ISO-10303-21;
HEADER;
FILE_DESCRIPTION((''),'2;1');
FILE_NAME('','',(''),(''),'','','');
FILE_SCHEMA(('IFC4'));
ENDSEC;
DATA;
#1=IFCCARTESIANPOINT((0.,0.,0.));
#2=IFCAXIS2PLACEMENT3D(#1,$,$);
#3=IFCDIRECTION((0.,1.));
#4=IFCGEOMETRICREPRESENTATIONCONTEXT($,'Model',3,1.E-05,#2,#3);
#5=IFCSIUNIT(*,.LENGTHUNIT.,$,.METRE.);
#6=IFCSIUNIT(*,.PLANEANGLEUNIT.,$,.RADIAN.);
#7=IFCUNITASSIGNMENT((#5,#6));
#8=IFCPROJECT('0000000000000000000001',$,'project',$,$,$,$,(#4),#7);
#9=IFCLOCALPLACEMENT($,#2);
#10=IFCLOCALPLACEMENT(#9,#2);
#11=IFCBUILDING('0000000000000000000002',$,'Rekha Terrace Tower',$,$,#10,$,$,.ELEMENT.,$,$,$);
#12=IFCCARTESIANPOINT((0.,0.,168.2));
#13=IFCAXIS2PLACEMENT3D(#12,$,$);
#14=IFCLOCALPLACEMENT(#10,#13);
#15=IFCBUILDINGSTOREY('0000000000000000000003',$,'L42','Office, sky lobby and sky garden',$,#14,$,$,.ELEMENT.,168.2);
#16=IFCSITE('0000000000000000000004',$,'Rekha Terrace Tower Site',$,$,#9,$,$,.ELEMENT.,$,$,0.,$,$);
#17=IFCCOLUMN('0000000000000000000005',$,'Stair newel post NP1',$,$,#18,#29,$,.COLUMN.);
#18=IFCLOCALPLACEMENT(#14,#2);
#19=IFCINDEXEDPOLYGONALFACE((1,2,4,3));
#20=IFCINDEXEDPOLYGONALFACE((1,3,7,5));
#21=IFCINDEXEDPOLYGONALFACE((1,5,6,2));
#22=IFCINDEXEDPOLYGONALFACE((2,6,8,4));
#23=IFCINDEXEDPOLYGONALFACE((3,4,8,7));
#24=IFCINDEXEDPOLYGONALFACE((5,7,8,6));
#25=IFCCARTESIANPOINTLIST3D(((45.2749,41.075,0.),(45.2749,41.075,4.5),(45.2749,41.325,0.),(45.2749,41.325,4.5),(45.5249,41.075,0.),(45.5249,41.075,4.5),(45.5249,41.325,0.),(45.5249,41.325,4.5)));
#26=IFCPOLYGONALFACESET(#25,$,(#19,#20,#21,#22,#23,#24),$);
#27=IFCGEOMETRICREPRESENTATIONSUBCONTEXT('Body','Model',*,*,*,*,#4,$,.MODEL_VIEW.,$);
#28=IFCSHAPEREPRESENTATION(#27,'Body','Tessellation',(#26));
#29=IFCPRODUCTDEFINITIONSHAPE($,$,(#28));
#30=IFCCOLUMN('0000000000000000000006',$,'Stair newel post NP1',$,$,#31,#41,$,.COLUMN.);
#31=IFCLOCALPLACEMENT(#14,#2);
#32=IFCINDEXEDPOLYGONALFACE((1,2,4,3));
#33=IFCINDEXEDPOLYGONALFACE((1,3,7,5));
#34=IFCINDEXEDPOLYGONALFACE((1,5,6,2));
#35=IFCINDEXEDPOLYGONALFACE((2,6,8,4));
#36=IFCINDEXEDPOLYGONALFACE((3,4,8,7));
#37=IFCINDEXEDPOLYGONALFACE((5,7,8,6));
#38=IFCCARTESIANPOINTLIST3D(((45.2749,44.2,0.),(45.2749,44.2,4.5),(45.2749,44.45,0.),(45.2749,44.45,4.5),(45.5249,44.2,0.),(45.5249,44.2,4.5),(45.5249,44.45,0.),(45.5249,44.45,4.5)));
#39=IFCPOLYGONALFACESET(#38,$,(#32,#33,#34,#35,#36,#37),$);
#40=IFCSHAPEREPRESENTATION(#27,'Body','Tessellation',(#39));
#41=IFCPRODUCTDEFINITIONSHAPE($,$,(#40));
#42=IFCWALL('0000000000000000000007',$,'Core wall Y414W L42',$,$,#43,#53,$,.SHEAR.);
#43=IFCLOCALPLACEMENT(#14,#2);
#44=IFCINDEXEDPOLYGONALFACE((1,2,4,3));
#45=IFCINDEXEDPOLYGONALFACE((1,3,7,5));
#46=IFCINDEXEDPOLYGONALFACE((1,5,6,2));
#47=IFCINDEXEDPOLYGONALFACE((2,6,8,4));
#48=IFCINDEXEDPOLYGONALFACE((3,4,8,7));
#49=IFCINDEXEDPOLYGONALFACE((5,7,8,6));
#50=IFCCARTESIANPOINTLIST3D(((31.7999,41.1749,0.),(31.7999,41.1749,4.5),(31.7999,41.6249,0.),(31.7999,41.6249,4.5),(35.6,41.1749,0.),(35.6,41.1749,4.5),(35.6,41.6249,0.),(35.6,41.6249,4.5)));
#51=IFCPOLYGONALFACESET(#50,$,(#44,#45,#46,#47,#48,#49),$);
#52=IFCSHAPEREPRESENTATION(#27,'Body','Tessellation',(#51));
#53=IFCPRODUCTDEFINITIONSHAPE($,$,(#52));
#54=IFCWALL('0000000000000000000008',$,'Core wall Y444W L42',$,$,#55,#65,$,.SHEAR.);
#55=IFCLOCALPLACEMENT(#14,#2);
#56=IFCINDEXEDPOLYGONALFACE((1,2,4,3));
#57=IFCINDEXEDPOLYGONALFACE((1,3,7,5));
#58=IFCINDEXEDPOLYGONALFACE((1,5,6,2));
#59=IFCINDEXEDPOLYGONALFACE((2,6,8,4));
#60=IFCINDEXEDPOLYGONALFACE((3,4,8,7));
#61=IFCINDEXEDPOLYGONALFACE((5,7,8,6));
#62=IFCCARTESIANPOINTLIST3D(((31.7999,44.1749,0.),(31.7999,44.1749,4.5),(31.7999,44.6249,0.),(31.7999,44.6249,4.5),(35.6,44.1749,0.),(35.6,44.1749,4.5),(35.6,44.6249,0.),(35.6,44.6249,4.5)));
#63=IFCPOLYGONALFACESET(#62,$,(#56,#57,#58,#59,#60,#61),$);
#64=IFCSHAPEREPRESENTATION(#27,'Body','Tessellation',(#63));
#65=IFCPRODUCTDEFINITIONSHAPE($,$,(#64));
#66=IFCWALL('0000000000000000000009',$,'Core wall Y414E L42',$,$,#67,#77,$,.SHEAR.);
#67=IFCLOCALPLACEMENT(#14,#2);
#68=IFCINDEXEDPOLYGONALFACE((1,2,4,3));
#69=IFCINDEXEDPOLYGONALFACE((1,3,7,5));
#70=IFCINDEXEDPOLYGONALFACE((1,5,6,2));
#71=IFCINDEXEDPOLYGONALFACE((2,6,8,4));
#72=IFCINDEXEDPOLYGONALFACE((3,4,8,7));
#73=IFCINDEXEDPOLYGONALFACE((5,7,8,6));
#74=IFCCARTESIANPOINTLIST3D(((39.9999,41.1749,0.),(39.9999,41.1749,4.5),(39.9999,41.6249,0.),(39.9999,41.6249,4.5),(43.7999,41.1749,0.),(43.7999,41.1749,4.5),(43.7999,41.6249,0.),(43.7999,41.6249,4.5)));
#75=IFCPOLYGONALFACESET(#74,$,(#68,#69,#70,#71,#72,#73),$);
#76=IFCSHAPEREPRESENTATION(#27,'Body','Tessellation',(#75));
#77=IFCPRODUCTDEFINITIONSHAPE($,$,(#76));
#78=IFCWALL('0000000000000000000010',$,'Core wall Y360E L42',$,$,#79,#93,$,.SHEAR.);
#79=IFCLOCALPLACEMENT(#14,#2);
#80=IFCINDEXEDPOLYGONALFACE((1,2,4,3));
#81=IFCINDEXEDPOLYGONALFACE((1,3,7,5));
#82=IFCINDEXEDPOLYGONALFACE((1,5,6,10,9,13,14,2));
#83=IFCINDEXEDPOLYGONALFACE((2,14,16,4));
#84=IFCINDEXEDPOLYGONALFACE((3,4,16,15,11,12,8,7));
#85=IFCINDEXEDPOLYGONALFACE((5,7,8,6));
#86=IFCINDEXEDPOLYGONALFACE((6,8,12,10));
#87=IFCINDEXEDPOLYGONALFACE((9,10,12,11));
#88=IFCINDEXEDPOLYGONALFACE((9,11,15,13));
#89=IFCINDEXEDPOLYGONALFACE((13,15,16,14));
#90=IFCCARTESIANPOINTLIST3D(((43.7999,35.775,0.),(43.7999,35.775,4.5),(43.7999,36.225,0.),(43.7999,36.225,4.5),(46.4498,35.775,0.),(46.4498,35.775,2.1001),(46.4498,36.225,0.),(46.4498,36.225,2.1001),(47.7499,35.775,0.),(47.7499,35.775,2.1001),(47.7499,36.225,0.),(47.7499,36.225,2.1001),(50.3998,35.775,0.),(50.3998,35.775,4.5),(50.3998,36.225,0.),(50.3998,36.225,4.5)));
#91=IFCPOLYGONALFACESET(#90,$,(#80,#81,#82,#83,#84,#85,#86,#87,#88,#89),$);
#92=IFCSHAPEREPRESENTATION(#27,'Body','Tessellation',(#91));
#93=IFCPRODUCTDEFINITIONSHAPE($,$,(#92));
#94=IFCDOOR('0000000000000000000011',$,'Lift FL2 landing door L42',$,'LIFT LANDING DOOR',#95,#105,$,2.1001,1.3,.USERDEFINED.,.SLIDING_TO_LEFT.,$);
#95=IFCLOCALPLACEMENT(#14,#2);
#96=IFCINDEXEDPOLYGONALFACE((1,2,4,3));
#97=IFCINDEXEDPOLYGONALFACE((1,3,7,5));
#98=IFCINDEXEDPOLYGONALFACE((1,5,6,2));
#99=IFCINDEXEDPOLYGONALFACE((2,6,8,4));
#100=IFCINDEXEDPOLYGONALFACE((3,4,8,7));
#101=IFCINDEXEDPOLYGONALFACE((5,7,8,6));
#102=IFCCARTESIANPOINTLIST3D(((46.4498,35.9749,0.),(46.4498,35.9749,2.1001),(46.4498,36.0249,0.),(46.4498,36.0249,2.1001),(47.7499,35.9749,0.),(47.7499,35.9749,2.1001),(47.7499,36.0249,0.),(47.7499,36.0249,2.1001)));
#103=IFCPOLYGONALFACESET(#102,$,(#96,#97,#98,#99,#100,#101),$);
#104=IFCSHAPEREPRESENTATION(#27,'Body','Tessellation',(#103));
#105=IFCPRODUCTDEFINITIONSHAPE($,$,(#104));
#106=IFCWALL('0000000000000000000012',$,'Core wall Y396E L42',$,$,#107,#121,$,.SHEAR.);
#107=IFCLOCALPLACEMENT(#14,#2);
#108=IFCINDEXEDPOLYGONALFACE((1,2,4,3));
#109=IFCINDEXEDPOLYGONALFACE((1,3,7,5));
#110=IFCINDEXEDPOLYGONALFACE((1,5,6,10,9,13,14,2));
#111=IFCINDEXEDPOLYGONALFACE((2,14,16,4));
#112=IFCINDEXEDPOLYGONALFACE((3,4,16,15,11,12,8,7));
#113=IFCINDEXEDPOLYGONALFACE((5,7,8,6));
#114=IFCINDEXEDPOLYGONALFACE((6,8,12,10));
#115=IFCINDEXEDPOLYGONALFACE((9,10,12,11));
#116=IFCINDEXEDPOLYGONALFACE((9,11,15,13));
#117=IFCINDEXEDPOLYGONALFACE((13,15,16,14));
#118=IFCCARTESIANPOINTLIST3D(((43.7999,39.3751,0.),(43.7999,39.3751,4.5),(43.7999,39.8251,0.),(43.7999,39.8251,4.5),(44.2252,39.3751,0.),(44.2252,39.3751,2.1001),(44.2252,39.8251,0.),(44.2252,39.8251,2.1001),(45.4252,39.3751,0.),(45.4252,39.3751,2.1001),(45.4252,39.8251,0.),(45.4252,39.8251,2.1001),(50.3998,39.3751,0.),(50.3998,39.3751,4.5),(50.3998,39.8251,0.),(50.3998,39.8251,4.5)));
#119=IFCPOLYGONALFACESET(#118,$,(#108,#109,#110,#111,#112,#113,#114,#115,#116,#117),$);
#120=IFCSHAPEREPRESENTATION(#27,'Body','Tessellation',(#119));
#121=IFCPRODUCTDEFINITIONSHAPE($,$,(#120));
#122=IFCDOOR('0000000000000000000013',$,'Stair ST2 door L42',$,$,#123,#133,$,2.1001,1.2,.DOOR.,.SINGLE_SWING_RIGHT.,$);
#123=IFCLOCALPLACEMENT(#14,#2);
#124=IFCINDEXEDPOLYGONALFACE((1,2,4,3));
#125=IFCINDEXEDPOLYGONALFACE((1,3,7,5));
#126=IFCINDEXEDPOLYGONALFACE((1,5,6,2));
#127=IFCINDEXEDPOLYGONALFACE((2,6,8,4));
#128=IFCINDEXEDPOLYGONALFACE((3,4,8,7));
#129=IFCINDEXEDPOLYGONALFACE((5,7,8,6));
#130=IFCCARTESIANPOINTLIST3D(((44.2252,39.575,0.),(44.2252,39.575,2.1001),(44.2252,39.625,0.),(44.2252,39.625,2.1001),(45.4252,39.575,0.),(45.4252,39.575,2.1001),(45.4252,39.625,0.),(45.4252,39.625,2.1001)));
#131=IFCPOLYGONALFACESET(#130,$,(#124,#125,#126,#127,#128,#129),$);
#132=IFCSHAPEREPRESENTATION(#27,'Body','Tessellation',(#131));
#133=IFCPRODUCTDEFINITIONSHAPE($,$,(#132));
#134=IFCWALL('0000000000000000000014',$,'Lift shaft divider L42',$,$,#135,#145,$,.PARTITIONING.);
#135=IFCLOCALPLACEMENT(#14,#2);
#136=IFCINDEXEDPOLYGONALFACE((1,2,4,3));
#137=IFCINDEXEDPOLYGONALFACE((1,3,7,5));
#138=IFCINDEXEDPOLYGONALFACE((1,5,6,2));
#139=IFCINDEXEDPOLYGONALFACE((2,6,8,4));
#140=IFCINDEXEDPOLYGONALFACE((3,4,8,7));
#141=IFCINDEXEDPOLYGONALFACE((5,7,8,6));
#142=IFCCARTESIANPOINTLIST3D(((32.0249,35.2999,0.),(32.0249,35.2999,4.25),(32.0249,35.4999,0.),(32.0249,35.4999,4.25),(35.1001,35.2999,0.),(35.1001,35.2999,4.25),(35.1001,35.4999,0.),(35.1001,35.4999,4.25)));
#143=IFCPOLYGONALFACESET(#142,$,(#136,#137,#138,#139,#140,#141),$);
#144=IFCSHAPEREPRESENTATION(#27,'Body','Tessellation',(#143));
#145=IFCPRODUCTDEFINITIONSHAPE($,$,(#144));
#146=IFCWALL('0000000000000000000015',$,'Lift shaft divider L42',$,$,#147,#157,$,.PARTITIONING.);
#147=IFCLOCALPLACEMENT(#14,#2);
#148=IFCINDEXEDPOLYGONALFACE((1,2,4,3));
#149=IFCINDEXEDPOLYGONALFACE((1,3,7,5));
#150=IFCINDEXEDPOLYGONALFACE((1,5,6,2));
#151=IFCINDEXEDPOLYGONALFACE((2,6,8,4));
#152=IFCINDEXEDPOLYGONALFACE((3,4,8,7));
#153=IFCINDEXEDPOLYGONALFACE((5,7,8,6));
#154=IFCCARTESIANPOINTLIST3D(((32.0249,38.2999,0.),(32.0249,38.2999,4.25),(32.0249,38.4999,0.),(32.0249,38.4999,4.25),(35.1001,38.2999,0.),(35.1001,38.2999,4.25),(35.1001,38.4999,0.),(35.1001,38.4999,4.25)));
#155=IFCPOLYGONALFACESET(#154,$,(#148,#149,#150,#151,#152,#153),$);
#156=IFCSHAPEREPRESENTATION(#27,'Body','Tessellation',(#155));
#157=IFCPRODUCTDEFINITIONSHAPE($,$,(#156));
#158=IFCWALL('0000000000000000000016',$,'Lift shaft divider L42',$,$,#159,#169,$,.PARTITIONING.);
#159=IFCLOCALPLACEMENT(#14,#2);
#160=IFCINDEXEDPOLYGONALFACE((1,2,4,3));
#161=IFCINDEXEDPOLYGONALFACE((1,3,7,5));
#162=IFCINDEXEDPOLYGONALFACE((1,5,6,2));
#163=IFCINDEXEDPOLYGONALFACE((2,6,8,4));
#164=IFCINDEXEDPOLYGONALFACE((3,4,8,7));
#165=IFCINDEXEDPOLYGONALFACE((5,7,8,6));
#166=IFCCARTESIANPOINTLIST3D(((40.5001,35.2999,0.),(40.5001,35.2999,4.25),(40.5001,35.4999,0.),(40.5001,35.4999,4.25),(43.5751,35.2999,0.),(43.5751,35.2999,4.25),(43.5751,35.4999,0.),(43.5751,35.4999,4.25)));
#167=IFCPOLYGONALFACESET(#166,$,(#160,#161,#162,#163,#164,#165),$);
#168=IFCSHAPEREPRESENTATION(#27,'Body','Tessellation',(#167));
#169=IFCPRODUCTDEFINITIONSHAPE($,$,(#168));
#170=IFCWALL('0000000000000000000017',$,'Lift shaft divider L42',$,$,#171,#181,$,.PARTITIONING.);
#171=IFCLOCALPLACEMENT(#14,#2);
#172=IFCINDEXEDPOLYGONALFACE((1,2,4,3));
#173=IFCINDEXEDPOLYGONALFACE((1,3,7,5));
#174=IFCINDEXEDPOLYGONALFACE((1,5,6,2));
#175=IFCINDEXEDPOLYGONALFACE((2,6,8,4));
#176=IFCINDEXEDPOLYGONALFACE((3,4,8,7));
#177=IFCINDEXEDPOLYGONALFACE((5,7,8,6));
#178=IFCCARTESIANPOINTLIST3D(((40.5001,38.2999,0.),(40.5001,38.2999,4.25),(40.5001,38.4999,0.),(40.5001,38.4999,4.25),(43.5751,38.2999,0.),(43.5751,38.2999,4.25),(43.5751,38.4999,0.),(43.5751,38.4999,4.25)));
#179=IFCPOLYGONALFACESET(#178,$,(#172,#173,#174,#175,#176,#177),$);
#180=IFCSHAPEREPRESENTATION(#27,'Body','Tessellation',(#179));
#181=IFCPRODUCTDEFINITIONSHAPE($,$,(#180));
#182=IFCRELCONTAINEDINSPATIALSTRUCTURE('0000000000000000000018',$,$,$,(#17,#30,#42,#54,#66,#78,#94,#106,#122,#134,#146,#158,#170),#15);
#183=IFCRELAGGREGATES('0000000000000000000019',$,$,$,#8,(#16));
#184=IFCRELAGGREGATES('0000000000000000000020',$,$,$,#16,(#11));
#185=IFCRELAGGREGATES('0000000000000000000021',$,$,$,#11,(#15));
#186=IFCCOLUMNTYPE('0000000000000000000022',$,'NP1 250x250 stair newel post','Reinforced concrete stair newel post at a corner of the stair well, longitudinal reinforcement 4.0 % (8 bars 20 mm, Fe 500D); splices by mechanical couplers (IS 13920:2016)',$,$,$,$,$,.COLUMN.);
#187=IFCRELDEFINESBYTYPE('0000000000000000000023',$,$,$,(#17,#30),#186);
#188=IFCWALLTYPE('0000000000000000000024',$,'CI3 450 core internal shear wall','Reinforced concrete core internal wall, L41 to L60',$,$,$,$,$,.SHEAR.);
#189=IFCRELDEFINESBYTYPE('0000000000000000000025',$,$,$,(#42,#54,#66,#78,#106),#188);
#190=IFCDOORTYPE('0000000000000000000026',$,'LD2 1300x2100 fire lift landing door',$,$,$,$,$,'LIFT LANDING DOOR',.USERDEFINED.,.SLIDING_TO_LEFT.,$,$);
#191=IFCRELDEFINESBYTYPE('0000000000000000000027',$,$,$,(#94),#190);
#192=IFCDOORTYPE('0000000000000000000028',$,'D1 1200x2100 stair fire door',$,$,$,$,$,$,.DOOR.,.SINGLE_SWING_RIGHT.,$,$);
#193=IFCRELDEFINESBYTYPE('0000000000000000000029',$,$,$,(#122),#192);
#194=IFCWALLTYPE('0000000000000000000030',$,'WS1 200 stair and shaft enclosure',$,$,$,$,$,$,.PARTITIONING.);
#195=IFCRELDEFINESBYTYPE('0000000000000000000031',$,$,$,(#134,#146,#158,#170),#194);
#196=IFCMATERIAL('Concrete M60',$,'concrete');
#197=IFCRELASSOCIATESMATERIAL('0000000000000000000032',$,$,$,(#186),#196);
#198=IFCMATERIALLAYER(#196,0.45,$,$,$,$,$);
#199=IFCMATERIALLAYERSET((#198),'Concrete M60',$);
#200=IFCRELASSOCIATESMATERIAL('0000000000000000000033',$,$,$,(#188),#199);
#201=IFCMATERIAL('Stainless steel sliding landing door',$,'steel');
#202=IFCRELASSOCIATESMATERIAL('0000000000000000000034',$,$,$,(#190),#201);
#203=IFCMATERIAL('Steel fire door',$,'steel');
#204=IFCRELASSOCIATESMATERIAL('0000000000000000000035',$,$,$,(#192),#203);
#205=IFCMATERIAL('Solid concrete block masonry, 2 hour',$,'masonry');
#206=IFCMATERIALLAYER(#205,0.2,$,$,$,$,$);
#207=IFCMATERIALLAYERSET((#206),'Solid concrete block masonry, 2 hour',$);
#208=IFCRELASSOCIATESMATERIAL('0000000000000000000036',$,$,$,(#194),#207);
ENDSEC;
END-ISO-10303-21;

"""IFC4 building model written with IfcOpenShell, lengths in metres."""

from ifc_helpers import new_model, si_unit, direction, frame, frame_2d, origin, origin_2d, place, context, subcontext, project, spatial, rectangle, extrude, material, layer, layer_set, material_profile, profile_set, type_object, element, fill, save


model = new_model("IFC4")

# Units and contexts
model_context = context("Model", 3, precision=1e-05, world=origin(), true_north=direction((0.0, 1.0)))
body_context = subcontext(model_context, "Body", "Model", "MODEL_VIEW")
ifc_project = project(units=[si_unit("LENGTHUNIT", "METRE"), si_unit("PLANEANGLEUNIT", "RADIAN")], contexts=[model_context])

# Site, building, storey
site_placement = place(None, origin())
site = spatial("IfcSite", under=ifc_project, at=site_placement, Name="Rekha Terrace Tower Site", CompositionType="ELEMENT", RefElevation=0.0)
building_placement = place(site_placement, origin())
building = spatial("IfcBuilding", under=site, at=building_placement, Name="Rekha Terrace Tower", CompositionType="ELEMENT")
storey_placement = place(building_placement, frame((0.0, 0.0, 168.2)))
storey = spatial("IfcBuildingStorey", under=building, at=storey_placement, Name="L42", Description="Office, sky lobby and sky garden", CompositionType="ELEMENT", Elevation=168.2)

# Columns
ifc_material_1 = material(Name="Concrete M60", Category="concrete")
ifc_material_profile = material_profile(ifc_material_1, rectangle(XDim=0.25, YDim=0.25, at=origin_2d()), Name="RC 250x250")
ifc_profile_set = profile_set([ifc_material_profile], Name="Concrete M60")
column_type = type_object("IfcColumnType", Name="NP1 250x250 stair newel post", Description="Reinforced concrete stair newel post at a corner of the stair well, longitudinal reinforcement 4.0 % (8 bars 20 mm, Fe 500D); splices by mechanical couplers (IS 13920:2016)", PredefinedType="COLUMN", material=ifc_profile_set)
for number, where, z_axis, x_axis, name in (
    (1, (45.3999, 41.2, 0.0), (0.0, 0.0, 1.0), (1.0, 0.0, 0.0), "Stair newel post NP1"),
    (2, (45.3999, 44.325, 0.0), (0.0, 0.0, 1.0), (1.0, 0.0, 0.0), "Stair newel post NP1"),
):
    element("IfcColumn", number, at=place(storey_placement, frame(where, z_axis=z_axis, x_axis=x_axis)), inside=storey, type_object=column_type, Name=name, PredefinedType="COLUMN", context=body_context, shape_type="SweptSolid", body=[
        extrude(rectangle(XDim=0.25, YDim=0.25, at=origin_2d()), origin(), (0.0, 0.0, 1.0), 4.5),
    ])

# Walls
ifc_layer_1 = layer(ifc_material_1, 0.45)
ifc_layer_set_1 = layer_set([ifc_layer_1], Name="Concrete M60")
wall_type_1 = type_object("IfcWallType", Name="CI3 450 core internal shear wall", Description="Reinforced concrete core internal wall, L41 to L60", PredefinedType="SHEAR", material=ifc_layer_set_1)
for number, where, z_axis, x_axis, name in (
    (3, (31.8, 41.3999, 0.0), (0.0, 0.0, 1.0), (1.0, 0.0, 0.0), "Core wall Y414W L42"),
    (4, (31.8, 44.3999, 0.0), (0.0, 0.0, 1.0), (1.0, 0.0, 0.0), "Core wall Y444W L42"),
    (5, (40.0, 41.3999, 0.0), (0.0, 0.0, 1.0), (1.0, 0.0, 0.0), "Core wall Y414E L42"),
):
    element("IfcWall", number, at=place(storey_placement, frame(where, z_axis=z_axis, x_axis=x_axis)), inside=storey, type_object=wall_type_1, Name=name, PredefinedType="SHEAR", context=body_context, shape_type="SweptSolid", body=[
        extrude(rectangle(XDim=3.8, YDim=0.45, at=frame_2d((1.8999, 0.0))), origin(), (0.0, 0.0, 1.0), 4.5),
    ])

# Walls, openings, doors
wall_1_placement = place(storey_placement, frame((43.8, 36.0, 0.0), z_axis=(0.0, 0.0, 1.0), x_axis=(1.0, 0.0, 0.0)))
wall_1 = element("IfcWall", 6, at=wall_1_placement, inside=storey, type_object=wall_type_1, Name="Core wall Y360E L42", PredefinedType="SHEAR", context=body_context, shape_type="SweptSolid", body=[
    extrude(rectangle(XDim=6.5999, YDim=0.45, at=frame_2d((3.2998, 0.0))), origin(), (0.0, 0.0, 1.0), 4.5),
])
opening_1_placement = place(wall_1_placement, frame((2.6499, 0.0, 0.0)))
opening_1 = element("IfcOpeningElement", 7, at=opening_1_placement, cuts=wall_1, PredefinedType="OPENING", context=body_context, shape_type="SweptSolid", body=[
    extrude(rectangle(XDim=1.3, YDim=2.1001, at=frame_2d((0.6499, 1.05))), frame((0.0, 0.2349, 0.0), z_axis=(0.0, -1.0, 0.0), x_axis=(1.0, 0.0, 0.0)), (0.0, 0.0, 1.0), 0.47),
])
ifc_material_2 = material(Name="Stainless steel sliding landing door", Category="steel")
door_type_1 = type_object("IfcDoorType", Name="LD2 1300x2100 fire lift landing door", ElementType="LIFT LANDING DOOR", OperationType="SLIDING_TO_LEFT", PredefinedType="USERDEFINED", material=ifc_material_2)
door_1_placement = place(opening_1_placement, origin())
door_1 = element("IfcDoor", 8, at=door_1_placement, inside=storey, type_object=door_type_1, Name="Lift FL2 landing door L42", ObjectType="LIFT LANDING DOOR", OperationType="SLIDING_TO_LEFT", OverallHeight=2.1001, OverallWidth=1.3, PredefinedType="USERDEFINED", context=body_context, shape_type="SweptSolid", body=[
    extrude(rectangle(XDim=1.3, YDim=2.1001, at=frame_2d((0.6499, 1.05))), frame((0.0, 0.0249, 0.0), z_axis=(0.0, -1.0, 0.0), x_axis=(1.0, 0.0, 0.0)), (0.0, 0.0, 1.0), 0.05),
])
fill(opening_1, door_1)
wall_2_placement = place(storey_placement, frame((43.8, 39.6001, 0.0), z_axis=(0.0, 0.0, 1.0), x_axis=(1.0, 0.0, 0.0)))
wall_2 = element("IfcWall", 9, at=wall_2_placement, inside=storey, type_object=wall_type_1, Name="Core wall Y396E L42", PredefinedType="SHEAR", context=body_context, shape_type="SweptSolid", body=[
    extrude(rectangle(XDim=6.5999, YDim=0.45, at=frame_2d((3.2998, 0.0))), origin(), (0.0, 0.0, 1.0), 4.5),
])
opening_2_placement = place(wall_2_placement, frame((0.425, 0.0, 0.0)))
opening_2 = element("IfcOpeningElement", 10, at=opening_2_placement, cuts=wall_2, PredefinedType="OPENING", context=body_context, shape_type="SweptSolid", body=[
    extrude(rectangle(XDim=1.2, YDim=2.1001, at=frame_2d((0.6001, 1.05))), frame((0.0, 0.2349, 0.0), z_axis=(0.0, -1.0, 0.0), x_axis=(1.0, 0.0, 0.0)), (0.0, 0.0, 1.0), 0.47),
])
ifc_material_3 = material(Name="Steel fire door", Category="steel")
door_type_2 = type_object("IfcDoorType", Name="D1 1200x2100 stair fire door", OperationType="SINGLE_SWING_RIGHT", PredefinedType="DOOR", material=ifc_material_3)
door_2_placement = place(opening_2_placement, origin())
door_2 = element("IfcDoor", 11, at=door_2_placement, inside=storey, type_object=door_type_2, Name="Stair ST2 door L42", OperationType="SINGLE_SWING_RIGHT", OverallHeight=2.1001, OverallWidth=1.2, PredefinedType="DOOR", context=body_context, shape_type="SweptSolid", body=[
    extrude(rectangle(XDim=1.2, YDim=2.1001, at=frame_2d((0.6001, 1.05))), frame((0.0, 0.0249, 0.0), z_axis=(0.0, -1.0, 0.0), x_axis=(1.0, 0.0, 0.0)), (0.0, 0.0, 1.0), 0.05),
])
fill(opening_2, door_2)

# Walls
ifc_material_4 = material(Name="Solid concrete block masonry, 2 hour", Category="masonry")
ifc_layer_2 = layer(ifc_material_4, 0.2)
ifc_layer_set_2 = layer_set([ifc_layer_2], Name="Solid concrete block masonry, 2 hour")
wall_type_2 = type_object("IfcWallType", Name="WS1 200 stair and shaft enclosure", PredefinedType="PARTITIONING", material=ifc_layer_set_2)
for number, where, z_axis, x_axis, name in (
    (12, (32.0249, 35.3999, 0.0), (0.0, 0.0, 1.0), (1.0, 0.0, 0.0), "Lift shaft divider L42"),
    (13, (32.0249, 38.3999, 0.0), (0.0, 0.0, 1.0), (1.0, 0.0, 0.0), "Lift shaft divider L42"),
):
    element("IfcWall", number, at=place(storey_placement, frame(where, z_axis=z_axis, x_axis=x_axis)), inside=storey, type_object=wall_type_2, Name=name, PredefinedType="PARTITIONING", context=body_context, shape_type="SweptSolid", body=[
        extrude(rectangle(XDim=3.0752, YDim=0.2, at=frame_2d((1.5376, 0.0))), origin(), (0.0, 0.0, 1.0), 4.25),
    ])
for number, where, z_axis, x_axis, name in (
    (14, (40.5, 35.3999, 0.0), (0.0, 0.0, 1.0), (1.0, 0.0, 0.0), "Lift shaft divider L42"),
    (15, (40.5, 38.3999, 0.0), (0.0, 0.0, 1.0), (1.0, 0.0, 0.0), "Lift shaft divider L42"),
):
    element("IfcWall", number, at=place(storey_placement, frame(where, z_axis=z_axis, x_axis=x_axis)), inside=storey, type_object=wall_type_2, Name=name, PredefinedType="PARTITIONING", context=body_context, shape_type="SweptSolid", body=[
        extrude(rectangle(XDim=3.075, YDim=0.2, at=frame_2d((1.5376, 0.0))), origin(), (0.0, 0.0, 1.0), 4.25),
    ])

save(model, "model.ifc")
